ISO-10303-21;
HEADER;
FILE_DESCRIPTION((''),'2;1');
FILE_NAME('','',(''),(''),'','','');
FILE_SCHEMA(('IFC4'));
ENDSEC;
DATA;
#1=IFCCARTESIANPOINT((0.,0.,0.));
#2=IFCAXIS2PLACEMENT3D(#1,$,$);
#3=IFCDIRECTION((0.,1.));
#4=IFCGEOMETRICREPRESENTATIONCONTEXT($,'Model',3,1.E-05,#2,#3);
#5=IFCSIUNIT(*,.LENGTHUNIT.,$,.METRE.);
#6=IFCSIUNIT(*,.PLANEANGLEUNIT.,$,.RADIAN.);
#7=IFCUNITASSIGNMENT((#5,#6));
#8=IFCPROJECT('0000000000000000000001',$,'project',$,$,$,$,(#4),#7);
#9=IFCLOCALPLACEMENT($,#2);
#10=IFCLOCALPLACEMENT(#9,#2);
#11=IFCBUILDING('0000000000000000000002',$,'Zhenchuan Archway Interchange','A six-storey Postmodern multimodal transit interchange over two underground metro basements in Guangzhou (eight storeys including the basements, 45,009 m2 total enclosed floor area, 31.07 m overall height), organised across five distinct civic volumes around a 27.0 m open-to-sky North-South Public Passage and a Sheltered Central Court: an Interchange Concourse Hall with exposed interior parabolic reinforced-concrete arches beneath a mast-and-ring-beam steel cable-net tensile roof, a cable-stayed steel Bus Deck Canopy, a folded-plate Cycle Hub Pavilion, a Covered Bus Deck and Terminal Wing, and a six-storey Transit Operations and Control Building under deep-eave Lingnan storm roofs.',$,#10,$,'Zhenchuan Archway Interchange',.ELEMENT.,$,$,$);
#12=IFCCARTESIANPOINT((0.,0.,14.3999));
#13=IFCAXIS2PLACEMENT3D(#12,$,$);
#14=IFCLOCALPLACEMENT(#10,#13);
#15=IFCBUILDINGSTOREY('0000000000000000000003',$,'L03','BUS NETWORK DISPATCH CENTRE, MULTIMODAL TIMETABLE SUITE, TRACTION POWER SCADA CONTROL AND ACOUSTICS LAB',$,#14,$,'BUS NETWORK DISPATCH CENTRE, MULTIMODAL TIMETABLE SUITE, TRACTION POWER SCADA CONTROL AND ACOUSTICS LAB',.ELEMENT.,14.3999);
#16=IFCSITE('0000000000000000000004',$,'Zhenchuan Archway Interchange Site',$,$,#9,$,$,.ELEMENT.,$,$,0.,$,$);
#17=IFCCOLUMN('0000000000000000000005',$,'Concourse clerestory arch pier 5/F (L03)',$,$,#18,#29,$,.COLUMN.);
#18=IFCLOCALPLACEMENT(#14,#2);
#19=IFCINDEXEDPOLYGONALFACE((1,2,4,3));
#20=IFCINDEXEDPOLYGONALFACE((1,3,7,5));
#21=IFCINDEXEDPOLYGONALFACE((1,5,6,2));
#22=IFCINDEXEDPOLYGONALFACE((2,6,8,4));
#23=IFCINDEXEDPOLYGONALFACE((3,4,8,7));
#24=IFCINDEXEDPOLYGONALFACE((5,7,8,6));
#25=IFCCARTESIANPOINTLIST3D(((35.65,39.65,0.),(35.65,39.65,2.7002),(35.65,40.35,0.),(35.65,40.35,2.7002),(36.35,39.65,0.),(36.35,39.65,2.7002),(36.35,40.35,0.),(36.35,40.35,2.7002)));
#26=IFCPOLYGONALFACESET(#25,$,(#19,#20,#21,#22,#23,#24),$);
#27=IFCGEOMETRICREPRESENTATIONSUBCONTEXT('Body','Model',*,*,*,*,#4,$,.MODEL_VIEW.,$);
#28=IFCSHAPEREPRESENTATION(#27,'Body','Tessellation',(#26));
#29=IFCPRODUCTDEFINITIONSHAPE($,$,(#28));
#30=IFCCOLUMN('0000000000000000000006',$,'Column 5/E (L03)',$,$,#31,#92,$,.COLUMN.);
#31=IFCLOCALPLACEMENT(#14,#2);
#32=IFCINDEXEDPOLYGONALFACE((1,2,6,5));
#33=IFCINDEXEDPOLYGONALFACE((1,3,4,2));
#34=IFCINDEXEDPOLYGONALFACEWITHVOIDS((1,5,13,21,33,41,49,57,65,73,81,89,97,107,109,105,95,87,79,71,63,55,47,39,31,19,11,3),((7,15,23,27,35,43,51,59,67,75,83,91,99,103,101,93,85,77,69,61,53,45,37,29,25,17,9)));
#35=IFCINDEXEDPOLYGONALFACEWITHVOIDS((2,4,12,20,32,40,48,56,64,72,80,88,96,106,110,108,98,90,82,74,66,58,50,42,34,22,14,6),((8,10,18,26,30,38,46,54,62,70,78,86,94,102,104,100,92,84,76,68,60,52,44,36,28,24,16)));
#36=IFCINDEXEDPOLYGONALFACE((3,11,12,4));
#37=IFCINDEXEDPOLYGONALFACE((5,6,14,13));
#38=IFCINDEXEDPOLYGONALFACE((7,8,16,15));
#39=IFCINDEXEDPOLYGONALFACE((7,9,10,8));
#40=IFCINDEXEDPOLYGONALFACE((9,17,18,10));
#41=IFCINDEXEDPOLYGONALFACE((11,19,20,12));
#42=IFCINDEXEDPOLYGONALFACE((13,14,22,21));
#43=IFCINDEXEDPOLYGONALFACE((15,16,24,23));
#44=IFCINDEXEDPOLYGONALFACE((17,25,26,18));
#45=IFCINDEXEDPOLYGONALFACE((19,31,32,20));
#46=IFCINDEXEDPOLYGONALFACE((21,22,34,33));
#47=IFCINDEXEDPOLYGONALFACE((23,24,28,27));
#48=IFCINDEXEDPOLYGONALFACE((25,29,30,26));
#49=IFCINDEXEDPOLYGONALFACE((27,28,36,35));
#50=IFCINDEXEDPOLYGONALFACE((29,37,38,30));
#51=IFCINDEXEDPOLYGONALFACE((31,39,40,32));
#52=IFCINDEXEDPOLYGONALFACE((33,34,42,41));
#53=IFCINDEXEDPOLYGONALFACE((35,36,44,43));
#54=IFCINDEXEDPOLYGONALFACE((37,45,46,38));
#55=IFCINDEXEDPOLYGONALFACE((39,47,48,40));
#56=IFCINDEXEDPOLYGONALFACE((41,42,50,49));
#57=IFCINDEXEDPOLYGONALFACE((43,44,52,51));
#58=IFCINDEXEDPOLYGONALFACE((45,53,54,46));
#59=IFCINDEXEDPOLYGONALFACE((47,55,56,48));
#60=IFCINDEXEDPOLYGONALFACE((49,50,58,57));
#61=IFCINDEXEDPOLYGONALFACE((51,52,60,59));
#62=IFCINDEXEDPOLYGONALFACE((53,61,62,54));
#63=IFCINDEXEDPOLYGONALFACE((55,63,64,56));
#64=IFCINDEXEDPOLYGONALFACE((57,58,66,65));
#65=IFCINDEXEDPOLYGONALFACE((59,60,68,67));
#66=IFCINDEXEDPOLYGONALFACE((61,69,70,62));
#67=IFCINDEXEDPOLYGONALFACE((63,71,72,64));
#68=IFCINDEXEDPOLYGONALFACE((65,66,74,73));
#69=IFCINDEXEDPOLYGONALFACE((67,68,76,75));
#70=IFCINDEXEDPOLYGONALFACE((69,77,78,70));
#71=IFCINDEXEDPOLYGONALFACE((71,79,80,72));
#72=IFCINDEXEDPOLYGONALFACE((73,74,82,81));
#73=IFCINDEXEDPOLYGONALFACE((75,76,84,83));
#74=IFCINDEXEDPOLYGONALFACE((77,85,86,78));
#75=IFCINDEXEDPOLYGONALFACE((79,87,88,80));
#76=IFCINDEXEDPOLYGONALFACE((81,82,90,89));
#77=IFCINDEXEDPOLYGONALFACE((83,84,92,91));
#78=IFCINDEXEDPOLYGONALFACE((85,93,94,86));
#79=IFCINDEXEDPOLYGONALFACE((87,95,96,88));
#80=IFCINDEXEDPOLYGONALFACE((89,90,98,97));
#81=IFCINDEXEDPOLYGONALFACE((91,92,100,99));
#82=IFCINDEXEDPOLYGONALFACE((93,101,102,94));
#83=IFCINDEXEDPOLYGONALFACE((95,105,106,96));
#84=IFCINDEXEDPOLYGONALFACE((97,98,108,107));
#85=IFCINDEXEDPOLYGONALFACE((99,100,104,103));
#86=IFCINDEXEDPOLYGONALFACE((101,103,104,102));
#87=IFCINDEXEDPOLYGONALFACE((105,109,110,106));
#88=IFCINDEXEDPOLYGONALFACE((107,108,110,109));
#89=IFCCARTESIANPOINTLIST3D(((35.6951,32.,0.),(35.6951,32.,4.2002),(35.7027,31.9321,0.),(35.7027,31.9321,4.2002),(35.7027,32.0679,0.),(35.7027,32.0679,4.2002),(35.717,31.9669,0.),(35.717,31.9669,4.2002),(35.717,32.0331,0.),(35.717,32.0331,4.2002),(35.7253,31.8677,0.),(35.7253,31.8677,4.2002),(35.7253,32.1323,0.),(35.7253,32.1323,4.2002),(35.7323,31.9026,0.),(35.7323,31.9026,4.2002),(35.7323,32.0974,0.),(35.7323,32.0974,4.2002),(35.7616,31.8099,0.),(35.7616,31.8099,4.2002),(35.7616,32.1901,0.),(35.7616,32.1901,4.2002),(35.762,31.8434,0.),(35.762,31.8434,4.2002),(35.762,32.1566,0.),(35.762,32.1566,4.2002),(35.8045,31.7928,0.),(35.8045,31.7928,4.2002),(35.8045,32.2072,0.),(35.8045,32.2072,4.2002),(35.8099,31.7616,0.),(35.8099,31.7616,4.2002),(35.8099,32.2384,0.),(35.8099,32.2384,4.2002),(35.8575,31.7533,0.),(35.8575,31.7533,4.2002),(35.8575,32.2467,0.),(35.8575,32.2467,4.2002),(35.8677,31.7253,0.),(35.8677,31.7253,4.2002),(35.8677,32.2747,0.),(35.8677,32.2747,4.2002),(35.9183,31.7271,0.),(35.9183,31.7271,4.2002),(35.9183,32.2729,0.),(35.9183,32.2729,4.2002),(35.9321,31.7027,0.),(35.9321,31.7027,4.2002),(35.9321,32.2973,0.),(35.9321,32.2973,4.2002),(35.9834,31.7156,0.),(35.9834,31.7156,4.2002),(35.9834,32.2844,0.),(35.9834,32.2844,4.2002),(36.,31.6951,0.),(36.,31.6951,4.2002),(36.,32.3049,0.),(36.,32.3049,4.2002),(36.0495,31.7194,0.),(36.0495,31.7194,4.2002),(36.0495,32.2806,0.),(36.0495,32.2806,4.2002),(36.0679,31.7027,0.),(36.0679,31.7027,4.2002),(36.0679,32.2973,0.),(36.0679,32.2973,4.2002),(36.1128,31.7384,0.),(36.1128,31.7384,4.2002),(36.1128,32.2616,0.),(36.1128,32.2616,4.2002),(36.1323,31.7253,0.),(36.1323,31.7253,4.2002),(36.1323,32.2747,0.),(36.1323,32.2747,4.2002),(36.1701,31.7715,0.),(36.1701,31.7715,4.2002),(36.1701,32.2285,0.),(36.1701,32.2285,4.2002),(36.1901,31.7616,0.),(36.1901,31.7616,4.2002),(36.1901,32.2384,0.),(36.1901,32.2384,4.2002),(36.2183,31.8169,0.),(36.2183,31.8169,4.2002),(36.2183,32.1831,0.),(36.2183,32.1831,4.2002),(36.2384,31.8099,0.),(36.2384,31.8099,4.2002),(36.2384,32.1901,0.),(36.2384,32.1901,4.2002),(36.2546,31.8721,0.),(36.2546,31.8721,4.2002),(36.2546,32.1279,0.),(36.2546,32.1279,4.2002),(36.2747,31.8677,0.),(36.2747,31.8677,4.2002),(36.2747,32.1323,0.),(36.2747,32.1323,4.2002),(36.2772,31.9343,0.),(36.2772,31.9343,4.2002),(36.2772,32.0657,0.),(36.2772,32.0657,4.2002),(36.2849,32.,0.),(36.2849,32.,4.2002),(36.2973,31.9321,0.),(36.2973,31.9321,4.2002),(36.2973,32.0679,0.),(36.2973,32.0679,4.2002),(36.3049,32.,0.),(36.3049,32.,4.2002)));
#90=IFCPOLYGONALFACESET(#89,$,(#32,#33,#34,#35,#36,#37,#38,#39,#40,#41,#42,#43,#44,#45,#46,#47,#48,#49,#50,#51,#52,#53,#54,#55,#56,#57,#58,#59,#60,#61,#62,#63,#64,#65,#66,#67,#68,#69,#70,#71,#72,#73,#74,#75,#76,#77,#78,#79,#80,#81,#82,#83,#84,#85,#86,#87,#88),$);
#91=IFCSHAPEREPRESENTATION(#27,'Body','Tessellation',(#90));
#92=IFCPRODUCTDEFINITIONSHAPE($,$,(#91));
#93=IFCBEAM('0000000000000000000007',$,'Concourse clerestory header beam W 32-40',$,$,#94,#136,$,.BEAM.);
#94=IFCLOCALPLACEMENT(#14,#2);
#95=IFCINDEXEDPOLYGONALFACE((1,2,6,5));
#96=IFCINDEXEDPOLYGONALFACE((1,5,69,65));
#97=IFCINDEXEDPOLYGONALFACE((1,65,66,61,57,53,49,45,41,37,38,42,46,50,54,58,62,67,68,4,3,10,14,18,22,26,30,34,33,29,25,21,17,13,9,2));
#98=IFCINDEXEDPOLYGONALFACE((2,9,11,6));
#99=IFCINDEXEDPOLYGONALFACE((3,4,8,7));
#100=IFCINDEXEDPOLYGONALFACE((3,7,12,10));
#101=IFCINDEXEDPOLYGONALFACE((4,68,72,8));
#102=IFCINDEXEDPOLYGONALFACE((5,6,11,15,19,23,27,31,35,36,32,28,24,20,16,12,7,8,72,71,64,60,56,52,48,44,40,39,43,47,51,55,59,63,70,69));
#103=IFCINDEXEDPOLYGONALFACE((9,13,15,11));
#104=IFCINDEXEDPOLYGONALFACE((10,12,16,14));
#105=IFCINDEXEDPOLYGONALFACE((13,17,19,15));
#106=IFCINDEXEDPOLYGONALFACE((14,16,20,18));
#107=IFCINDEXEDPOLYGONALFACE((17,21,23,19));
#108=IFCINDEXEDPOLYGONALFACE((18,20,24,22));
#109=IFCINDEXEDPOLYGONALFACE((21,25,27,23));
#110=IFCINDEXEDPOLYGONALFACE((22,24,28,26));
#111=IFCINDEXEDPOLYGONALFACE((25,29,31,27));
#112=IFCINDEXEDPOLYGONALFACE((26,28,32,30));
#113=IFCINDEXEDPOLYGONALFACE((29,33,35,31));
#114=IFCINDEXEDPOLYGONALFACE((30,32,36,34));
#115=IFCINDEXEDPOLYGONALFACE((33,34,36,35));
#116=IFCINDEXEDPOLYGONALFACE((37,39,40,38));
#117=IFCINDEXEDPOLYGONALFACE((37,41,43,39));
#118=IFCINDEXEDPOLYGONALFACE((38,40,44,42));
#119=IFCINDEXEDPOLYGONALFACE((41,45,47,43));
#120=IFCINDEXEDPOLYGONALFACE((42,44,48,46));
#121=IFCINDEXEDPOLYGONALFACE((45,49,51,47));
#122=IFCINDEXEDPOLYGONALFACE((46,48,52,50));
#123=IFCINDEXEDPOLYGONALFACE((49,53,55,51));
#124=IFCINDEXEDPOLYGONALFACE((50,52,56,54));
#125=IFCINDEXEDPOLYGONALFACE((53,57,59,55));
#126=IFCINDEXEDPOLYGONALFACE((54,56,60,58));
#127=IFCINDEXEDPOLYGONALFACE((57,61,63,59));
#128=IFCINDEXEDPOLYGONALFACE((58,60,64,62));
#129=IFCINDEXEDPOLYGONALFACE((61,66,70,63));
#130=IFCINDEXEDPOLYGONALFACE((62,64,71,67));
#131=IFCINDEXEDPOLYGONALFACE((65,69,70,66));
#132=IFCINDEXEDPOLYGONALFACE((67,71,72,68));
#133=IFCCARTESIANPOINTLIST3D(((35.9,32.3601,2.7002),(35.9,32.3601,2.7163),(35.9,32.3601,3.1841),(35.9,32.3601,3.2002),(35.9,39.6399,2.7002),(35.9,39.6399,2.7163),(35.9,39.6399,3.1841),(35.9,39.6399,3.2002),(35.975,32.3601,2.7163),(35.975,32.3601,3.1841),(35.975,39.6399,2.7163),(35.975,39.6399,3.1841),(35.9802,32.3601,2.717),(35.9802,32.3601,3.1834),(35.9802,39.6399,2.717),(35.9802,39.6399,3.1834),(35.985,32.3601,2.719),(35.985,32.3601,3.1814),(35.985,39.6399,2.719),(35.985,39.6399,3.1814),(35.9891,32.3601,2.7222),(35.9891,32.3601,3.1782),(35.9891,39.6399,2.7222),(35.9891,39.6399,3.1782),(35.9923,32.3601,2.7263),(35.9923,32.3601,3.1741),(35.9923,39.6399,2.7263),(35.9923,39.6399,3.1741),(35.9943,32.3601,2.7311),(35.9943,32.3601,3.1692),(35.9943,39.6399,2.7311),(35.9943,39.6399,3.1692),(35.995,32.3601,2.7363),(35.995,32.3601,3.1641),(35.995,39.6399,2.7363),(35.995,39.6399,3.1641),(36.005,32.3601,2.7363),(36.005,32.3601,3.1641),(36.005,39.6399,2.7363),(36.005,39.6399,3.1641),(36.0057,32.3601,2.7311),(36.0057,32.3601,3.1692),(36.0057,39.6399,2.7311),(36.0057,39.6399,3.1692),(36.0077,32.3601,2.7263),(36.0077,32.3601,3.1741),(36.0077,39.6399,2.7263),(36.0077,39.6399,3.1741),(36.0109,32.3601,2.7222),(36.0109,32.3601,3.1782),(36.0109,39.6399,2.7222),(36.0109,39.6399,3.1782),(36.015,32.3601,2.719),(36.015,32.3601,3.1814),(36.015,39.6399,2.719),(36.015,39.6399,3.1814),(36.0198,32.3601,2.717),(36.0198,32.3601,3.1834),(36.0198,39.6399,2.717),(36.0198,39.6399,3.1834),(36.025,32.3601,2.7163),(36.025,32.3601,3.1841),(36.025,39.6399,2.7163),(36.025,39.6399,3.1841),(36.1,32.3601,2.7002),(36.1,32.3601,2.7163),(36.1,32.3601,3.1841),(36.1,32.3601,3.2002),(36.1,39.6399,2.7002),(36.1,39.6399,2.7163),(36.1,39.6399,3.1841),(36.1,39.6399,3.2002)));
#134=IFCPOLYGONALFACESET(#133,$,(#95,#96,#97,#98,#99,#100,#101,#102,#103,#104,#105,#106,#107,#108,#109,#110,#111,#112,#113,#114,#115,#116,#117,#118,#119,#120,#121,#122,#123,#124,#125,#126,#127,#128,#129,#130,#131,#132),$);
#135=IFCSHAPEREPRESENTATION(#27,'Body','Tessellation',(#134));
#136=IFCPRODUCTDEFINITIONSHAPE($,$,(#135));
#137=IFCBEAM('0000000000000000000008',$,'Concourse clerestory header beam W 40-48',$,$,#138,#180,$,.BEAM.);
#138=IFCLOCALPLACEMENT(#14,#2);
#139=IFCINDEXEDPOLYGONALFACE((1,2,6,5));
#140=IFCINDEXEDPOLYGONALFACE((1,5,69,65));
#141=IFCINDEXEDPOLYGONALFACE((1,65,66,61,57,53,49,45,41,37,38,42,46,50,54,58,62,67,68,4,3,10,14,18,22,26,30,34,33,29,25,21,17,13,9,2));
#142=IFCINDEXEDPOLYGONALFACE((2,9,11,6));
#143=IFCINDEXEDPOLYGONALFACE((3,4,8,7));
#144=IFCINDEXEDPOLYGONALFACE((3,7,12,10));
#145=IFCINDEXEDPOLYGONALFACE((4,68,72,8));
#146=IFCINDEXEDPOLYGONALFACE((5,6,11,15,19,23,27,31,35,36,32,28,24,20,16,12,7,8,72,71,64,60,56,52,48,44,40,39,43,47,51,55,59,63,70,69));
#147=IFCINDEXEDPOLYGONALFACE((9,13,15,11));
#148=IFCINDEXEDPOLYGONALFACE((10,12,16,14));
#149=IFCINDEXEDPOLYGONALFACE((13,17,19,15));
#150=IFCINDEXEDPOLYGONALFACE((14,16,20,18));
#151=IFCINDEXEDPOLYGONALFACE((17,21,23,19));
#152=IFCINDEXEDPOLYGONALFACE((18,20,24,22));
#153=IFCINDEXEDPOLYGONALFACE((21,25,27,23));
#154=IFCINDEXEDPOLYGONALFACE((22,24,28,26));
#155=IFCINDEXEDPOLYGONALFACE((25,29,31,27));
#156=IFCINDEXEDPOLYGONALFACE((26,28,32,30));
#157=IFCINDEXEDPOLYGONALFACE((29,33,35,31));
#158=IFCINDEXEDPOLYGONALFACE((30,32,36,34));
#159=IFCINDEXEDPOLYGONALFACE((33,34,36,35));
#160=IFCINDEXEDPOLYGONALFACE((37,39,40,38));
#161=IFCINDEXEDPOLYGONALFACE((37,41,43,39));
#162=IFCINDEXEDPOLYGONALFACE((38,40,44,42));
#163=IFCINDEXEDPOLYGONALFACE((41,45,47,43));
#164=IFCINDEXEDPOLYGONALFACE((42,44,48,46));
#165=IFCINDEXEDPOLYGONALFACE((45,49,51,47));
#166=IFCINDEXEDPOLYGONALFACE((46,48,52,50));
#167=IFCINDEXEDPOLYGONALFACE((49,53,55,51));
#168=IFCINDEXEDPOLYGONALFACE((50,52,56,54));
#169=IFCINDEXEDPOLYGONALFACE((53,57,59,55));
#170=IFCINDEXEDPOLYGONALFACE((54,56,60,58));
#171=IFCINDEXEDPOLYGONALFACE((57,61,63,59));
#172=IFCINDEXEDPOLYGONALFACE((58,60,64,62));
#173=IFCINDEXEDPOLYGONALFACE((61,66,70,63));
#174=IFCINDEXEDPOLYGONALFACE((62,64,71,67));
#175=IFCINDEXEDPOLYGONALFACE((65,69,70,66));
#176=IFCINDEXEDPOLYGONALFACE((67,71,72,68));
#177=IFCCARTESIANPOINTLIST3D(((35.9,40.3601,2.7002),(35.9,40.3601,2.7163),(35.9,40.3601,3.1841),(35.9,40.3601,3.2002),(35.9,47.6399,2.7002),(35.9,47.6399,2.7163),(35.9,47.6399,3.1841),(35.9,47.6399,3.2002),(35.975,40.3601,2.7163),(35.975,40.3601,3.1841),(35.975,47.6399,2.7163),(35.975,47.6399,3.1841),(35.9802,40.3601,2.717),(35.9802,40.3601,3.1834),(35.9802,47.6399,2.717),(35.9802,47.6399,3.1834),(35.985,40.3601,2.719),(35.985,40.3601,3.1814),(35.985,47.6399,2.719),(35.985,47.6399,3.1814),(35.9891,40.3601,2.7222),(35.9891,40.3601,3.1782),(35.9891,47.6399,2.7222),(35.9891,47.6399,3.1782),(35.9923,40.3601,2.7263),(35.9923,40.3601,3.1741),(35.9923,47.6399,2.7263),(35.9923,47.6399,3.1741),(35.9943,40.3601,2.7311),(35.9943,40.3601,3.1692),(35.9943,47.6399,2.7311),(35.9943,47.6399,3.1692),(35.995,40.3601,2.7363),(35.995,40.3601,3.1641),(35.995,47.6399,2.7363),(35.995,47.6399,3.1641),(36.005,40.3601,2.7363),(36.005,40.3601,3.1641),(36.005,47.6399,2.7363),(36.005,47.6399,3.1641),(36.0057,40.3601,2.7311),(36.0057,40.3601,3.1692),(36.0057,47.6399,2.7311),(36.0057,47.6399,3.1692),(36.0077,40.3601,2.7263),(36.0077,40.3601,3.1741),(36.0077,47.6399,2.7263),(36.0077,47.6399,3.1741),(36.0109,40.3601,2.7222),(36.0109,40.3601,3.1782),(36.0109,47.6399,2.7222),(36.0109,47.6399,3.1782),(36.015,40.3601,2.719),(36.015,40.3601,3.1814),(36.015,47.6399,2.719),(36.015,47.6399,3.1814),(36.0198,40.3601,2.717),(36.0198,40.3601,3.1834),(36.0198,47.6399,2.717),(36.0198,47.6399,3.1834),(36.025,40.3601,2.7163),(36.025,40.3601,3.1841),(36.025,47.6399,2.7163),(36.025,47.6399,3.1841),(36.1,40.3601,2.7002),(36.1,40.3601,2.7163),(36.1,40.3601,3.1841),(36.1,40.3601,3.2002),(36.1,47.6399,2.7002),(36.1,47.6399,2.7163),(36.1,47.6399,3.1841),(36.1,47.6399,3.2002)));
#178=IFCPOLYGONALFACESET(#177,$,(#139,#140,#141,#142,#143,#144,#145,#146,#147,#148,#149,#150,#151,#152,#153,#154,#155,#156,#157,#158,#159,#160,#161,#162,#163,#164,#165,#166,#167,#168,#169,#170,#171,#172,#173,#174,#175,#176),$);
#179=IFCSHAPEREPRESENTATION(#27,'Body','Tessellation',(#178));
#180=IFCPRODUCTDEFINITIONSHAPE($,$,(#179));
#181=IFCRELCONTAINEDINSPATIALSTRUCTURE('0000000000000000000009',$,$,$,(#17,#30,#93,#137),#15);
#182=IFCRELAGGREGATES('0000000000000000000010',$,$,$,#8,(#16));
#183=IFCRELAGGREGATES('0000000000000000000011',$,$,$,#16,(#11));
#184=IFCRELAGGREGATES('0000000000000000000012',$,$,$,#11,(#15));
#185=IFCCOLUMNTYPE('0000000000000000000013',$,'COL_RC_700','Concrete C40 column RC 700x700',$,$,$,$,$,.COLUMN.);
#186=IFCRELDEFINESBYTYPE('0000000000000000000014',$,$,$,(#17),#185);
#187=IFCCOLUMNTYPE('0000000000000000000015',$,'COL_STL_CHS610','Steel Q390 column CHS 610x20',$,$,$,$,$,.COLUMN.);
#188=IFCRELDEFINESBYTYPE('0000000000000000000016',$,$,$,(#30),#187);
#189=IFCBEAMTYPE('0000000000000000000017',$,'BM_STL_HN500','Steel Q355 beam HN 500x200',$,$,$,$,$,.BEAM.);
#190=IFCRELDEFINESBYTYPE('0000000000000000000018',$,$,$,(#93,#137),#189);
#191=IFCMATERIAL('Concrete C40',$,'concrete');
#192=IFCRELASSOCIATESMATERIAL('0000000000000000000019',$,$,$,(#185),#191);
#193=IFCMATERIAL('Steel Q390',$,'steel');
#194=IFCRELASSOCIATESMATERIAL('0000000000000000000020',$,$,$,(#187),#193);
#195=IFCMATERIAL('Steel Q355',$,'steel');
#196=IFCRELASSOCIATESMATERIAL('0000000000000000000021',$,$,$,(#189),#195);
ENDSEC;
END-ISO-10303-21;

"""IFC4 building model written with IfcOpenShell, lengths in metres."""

from ifc_helpers import new_model, si_unit, direction, frame, origin, origin_2d, place, context, subcontext, project, spatial, rectangle, hollow_circle, i_section, extrude, material, material_profile, profile_set, type_object, element, save


model = new_model("IFC4")

# Units and contexts
model_context = context("Model", 3, precision=1e-05, world=origin(), true_north=direction((0.0, 1.0)))
body_context = subcontext(model_context, "Body", "Model", "MODEL_VIEW")
ifc_project = project(units=[si_unit("LENGTHUNIT", "METRE"), si_unit("PLANEANGLEUNIT", "RADIAN")], contexts=[model_context])

# Site, building, storey
site_placement = place(None, origin())
site = spatial("IfcSite", under=ifc_project, at=site_placement, Name="Zhenchuan Archway Interchange Site", CompositionType="ELEMENT", RefElevation=0.0)
building_placement = place(site_placement, origin())
building = spatial("IfcBuilding", under=site, at=building_placement, Name="Zhenchuan Archway Interchange", Description="A six-storey Postmodern multimodal transit interchange over two underground metro basements in Guangzhou (eight storeys including the basements, 45,009 m2 total enclosed floor area, 31.07 m overall height), organised across five distinct civic volumes around a 27.0 m open-to-sky North-South Public Passage and a Sheltered Central Court: an Interchange Concourse Hall with exposed interior parabolic reinforced-concrete arches beneath a mast-and-ring-beam steel cable-net tensile roof, a cable-stayed steel Bus Deck Canopy, a folded-plate Cycle Hub Pavilion, a Covered Bus Deck and Terminal Wing, and a six-storey Transit Operations and Control Building under deep-eave Lingnan storm roofs.", LongName="Zhenchuan Archway Interchange", CompositionType="ELEMENT")
storey_placement = place(building_placement, frame((0.0, 0.0, 14.3999)))
storey = spatial("IfcBuildingStorey", under=building, at=storey_placement, Name="L03", Description="BUS NETWORK DISPATCH CENTRE, MULTIMODAL TIMETABLE SUITE, TRACTION POWER SCADA CONTROL AND ACOUSTICS LAB", LongName="BUS NETWORK DISPATCH CENTRE, MULTIMODAL TIMETABLE SUITE, TRACTION POWER SCADA CONTROL AND ACOUSTICS LAB", CompositionType="ELEMENT", Elevation=14.3999)

# Columns
ifc_material_1 = material(Name="Concrete C40", Category="concrete")
ifc_material_profile_1 = material_profile(ifc_material_1, rectangle(XDim=0.7, YDim=0.7, at=origin_2d()), Name="RC 700x700")
ifc_profile_set_1 = profile_set([ifc_material_profile_1], Name="Concrete C40")
column_type_1 = type_object("IfcColumnType", Name="COL_RC_700", Description="Concrete C40 column RC 700x700", PredefinedType="COLUMN", material=ifc_profile_set_1)
column_1_placement = place(storey_placement, frame((36.0, 40.0, 0.0), z_axis=(0.0, 0.0, 1.0), x_axis=(1.0, 0.0, 0.0)))
element("IfcColumn", 1, at=column_1_placement, inside=storey, type_object=column_type_1, Name="Concourse clerestory arch pier 5/F (L03)", PredefinedType="COLUMN", context=body_context, shape_type="SweptSolid", body=[
    extrude(rectangle(XDim=0.7, YDim=0.7, at=origin_2d()), origin(), (0.0, 0.0, 1.0), 2.7002),
])
ifc_material_2 = material(Name="Steel Q390", Category="steel")
ifc_material_profile_2 = material_profile(ifc_material_2, hollow_circle(Radius=0.3049, WallThickness=0.02, at=origin_2d()), Name="CHS 610x20")
ifc_profile_set_2 = profile_set([ifc_material_profile_2], Name="Steel Q390")
column_type_2 = type_object("IfcColumnType", Name="COL_STL_CHS610", Description="Steel Q390 column CHS 610x20", PredefinedType="COLUMN", material=ifc_profile_set_2)
column_2_placement = place(storey_placement, frame((36.0, 32.0, 0.0), z_axis=(0.0, 0.0, 1.0), x_axis=(1.0, 0.0, 0.0)))
element("IfcColumn", 2, at=column_2_placement, inside=storey, type_object=column_type_2, Name="Column 5/E (L03)", PredefinedType="COLUMN", context=body_context, shape_type="SweptSolid", body=[
    extrude(hollow_circle(Radius=0.3049, WallThickness=0.02, at=origin_2d()), origin(), (0.0, 0.0, 1.0), 4.2002),
])

# Beams
ifc_material_3 = material(Name="Steel Q355", Category="steel")
ifc_material_profile_3 = material_profile(ifc_material_3, i_section(OverallWidth=0.2, OverallDepth=0.5, WebThickness=0.01, FlangeThickness=0.0161, FilletRadius=0.02, at=origin_2d()), Name="HN 500x200")
ifc_profile_set_3 = profile_set([ifc_material_profile_3], Name="Steel Q355")
beam_type = type_object("IfcBeamType", Name="BM_STL_HN500", Description="Steel Q355 beam HN 500x200", PredefinedType="BEAM", material=ifc_profile_set_3)
for number, where, z_axis, x_axis, name in (
    (3, (36.0, 32.3601, 2.9502), (0.0, 1.0, 0.0), (-1.0, 0.0, 0.0), "Concourse clerestory header beam W 32-40"),
    (4, (36.0, 40.3601, 2.9502), (0.0, 1.0, 0.0), (-1.0, 0.0, 0.0), "Concourse clerestory header beam W 40-48"),
):
    element("IfcBeam", number, at=place(storey_placement, frame(where, z_axis=z_axis, x_axis=x_axis)), inside=storey, type_object=beam_type, Name=name, PredefinedType="BEAM", context=body_context, shape_type="SweptSolid", body=[
        extrude(i_section(OverallWidth=0.2, OverallDepth=0.5, WebThickness=0.01, FlangeThickness=0.0161, FilletRadius=0.02, at=origin_2d()), origin(), (0.0, 0.0, 1.0), 7.2798),
    ])

save(model, "model.ifc")
